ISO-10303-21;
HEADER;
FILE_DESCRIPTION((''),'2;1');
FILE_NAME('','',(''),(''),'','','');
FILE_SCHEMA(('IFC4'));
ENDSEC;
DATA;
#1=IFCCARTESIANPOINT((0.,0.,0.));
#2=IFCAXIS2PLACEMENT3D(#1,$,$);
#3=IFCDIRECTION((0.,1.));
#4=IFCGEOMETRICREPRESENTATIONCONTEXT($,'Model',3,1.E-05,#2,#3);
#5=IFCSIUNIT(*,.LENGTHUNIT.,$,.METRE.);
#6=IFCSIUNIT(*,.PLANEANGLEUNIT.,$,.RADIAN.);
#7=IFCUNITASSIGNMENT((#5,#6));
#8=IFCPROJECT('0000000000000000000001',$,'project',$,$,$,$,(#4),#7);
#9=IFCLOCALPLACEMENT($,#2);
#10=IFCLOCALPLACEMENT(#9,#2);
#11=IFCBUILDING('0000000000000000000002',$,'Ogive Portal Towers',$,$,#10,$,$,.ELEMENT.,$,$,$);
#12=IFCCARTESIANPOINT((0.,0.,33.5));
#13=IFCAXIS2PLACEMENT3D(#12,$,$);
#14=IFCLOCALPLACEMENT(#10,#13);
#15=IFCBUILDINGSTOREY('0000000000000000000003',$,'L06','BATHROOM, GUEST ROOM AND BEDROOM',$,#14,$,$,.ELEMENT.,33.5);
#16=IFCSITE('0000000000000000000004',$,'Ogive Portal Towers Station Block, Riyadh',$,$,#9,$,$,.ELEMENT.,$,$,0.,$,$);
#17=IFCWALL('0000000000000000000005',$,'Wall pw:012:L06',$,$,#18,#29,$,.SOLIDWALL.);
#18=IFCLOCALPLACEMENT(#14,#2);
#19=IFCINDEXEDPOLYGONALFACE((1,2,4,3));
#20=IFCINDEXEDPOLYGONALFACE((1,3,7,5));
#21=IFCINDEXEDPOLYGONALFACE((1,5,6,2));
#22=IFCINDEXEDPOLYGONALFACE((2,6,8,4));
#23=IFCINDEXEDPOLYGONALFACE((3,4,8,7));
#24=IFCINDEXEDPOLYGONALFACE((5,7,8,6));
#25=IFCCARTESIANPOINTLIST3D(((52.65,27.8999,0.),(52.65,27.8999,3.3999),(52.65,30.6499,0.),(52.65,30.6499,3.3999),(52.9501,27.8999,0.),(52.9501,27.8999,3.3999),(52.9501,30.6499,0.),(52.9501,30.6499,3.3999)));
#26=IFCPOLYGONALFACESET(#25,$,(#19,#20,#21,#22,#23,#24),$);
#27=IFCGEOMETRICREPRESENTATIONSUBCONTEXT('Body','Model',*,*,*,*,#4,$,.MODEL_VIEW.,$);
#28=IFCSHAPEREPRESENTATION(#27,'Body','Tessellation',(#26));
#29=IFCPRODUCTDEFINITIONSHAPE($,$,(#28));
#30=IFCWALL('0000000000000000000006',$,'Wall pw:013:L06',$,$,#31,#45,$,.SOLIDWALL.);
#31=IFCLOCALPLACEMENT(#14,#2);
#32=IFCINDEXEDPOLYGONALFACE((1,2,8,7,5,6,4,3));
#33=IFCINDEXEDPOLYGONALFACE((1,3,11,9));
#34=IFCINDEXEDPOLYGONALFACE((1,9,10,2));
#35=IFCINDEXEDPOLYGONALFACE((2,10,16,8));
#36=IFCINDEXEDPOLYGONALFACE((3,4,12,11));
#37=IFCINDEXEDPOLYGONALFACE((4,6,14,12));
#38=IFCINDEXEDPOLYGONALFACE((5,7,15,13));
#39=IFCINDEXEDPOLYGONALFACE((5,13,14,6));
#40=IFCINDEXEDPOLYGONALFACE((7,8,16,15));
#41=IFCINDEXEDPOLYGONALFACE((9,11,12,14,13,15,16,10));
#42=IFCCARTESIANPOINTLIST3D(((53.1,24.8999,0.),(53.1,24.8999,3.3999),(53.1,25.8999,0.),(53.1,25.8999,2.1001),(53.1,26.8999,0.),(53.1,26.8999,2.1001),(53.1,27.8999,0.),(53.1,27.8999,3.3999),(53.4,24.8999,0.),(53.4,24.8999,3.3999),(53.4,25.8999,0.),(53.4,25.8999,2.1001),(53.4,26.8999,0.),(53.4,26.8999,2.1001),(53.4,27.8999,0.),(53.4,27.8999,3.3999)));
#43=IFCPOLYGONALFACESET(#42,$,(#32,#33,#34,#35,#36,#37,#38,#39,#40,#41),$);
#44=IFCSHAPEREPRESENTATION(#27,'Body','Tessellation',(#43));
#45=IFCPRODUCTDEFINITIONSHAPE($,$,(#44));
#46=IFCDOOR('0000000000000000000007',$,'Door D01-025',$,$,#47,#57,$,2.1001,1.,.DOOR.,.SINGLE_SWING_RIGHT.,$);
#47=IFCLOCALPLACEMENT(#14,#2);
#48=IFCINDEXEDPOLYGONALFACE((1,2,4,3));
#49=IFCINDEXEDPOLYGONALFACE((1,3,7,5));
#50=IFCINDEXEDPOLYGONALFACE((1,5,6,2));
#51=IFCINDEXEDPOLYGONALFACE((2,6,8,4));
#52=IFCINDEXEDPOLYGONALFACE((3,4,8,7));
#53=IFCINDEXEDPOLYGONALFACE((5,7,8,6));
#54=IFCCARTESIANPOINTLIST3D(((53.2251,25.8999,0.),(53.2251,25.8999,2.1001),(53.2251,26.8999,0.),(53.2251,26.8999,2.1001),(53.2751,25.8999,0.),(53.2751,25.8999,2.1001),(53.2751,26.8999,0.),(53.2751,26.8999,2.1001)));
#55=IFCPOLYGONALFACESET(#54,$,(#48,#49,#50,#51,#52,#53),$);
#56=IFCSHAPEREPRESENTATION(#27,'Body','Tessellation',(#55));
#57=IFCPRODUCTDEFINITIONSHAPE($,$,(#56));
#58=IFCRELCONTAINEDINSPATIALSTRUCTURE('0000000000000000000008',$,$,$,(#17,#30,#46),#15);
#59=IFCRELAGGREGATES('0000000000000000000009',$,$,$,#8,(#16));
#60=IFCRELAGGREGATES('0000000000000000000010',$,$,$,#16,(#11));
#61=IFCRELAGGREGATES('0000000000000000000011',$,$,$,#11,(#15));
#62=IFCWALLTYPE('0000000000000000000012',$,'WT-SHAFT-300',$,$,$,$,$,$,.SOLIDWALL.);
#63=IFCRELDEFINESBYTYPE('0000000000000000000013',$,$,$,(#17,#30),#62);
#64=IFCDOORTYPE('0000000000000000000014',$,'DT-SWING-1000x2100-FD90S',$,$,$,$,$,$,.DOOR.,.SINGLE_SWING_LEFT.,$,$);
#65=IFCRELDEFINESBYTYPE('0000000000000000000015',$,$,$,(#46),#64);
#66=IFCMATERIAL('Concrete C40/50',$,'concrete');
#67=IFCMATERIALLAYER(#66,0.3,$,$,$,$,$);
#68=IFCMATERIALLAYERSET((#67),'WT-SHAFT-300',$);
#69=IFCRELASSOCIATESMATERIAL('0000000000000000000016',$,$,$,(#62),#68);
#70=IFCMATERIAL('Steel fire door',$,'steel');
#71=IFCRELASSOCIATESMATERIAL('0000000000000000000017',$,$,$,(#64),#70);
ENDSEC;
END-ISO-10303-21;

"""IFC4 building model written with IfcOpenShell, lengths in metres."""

from ifc_helpers import new_model, si_unit, direction, frame, frame_2d, origin, place, context, subcontext, project, spatial, rectangle, extrude, material, layer, layer_set, type_object, element, fill, save


model = new_model("IFC4")

# Units and contexts
model_context = context("Model", 3, precision=1e-05, world=origin(), true_north=direction((0.0, 1.0)))
body_context = subcontext(model_context, "Body", "Model", "MODEL_VIEW")
ifc_project = project(units=[si_unit("LENGTHUNIT", "METRE"), si_unit("PLANEANGLEUNIT", "RADIAN")], contexts=[model_context])

# Site, building, storey
site_placement = place(None, origin())
site = spatial("IfcSite", under=ifc_project, at=site_placement, Name="Ogive Portal Towers Station Block, Riyadh", CompositionType="ELEMENT", RefElevation=0.0)
building_placement = place(site_placement, origin())
building = spatial("IfcBuilding", under=site, at=building_placement, Name="Ogive Portal Towers", CompositionType="ELEMENT")
storey_placement = place(building_placement, frame((0.0, 0.0, 33.5)))
storey = spatial("IfcBuildingStorey", under=building, at=storey_placement, Name="L06", Description="BATHROOM, GUEST ROOM AND BEDROOM", CompositionType="ELEMENT", Elevation=33.5)

# Shared definitions
ifc_material_1 = material(Name="Steel fire door", Category="steel")

# Wall
ifc_material_2 = material(Name="Concrete C40/50", Category="concrete")
ifc_layer_1 = layer(ifc_material_2, 0.3)
ifc_layer_set_1 = layer_set([ifc_layer_1], Name="WT-SHAFT-300")
wall_type_1 = type_object("IfcWallType", Name="WT-SHAFT-300", PredefinedType="SOLIDWALL", material=ifc_layer_set_1)
wall_1_placement = place(storey_placement, frame((52.8, 27.8999, 0.0), z_axis=(0.0, 0.0, 1.0), x_axis=(0.0, 1.0, 0.0)))
element("IfcWall", 1, at=wall_1_placement, inside=storey, type_object=wall_type_1, Name="Wall pw:012:L06", PredefinedType="SOLIDWALL", context=body_context, shape_type="SweptSolid", body=[
    extrude(rectangle(XDim=2.75, YDim=0.3, at=frame_2d((1.375, 0.0))), origin(), (0.0, 0.0, 1.0), 3.3999),
])

# Wall, opening, door
wall_2_placement = place(storey_placement, frame((53.25, 24.8999, 0.0), z_axis=(0.0, 0.0, 1.0), x_axis=(0.0, 1.0, 0.0)))
wall_2 = element("IfcWall", 2, at=wall_2_placement, inside=storey, type_object=wall_type_1, Name="Wall pw:013:L06", PredefinedType="SOLIDWALL", context=body_context, shape_type="SweptSolid", body=[
    extrude(rectangle(XDim=3.0, YDim=0.3, at=frame_2d((1.5, 0.0))), origin(), (0.0, 0.0, 1.0), 3.3999),
])
opening_1_placement = place(wall_2_placement, frame((1.0, 0.0, 0.0)))
opening_1 = element("IfcOpeningElement", 3, at=opening_1_placement, cuts=wall_2, PredefinedType="OPENING", context=body_context, shape_type="SweptSolid", body=[
    extrude(rectangle(XDim=1.0, YDim=2.1001, at=frame_2d((0.5, 1.05))), frame((0.0, 0.1602, 0.0), z_axis=(0.0, -1.0, 0.0), x_axis=(1.0, 0.0, 0.0)), (0.0, 0.0, 1.0), 0.3201),
])
door_type_1 = type_object("IfcDoorType", Name="DT-SWING-1000x2100-FD90S", OperationType="SINGLE_SWING_LEFT", PredefinedType="DOOR", material=ifc_material_1)
door_1_placement = place(opening_1_placement, origin())
door_1 = element("IfcDoor", 4, at=door_1_placement, inside=storey, type_object=door_type_1, Name="Door D01-025", OperationType="SINGLE_SWING_RIGHT", OverallHeight=2.1001, OverallWidth=1.0, PredefinedType="DOOR", context=body_context, shape_type="SweptSolid", body=[
    extrude(rectangle(XDim=1.0, YDim=2.1001, at=frame_2d((0.5, 1.05))), frame((0.0, 0.0249, 0.0), z_axis=(0.0, -1.0, 0.0), x_axis=(1.0, 0.0, 0.0)), (0.0, 0.0, 1.0), 0.05),
])
fill(opening_1, door_1)

save(model, "model.ifc")
